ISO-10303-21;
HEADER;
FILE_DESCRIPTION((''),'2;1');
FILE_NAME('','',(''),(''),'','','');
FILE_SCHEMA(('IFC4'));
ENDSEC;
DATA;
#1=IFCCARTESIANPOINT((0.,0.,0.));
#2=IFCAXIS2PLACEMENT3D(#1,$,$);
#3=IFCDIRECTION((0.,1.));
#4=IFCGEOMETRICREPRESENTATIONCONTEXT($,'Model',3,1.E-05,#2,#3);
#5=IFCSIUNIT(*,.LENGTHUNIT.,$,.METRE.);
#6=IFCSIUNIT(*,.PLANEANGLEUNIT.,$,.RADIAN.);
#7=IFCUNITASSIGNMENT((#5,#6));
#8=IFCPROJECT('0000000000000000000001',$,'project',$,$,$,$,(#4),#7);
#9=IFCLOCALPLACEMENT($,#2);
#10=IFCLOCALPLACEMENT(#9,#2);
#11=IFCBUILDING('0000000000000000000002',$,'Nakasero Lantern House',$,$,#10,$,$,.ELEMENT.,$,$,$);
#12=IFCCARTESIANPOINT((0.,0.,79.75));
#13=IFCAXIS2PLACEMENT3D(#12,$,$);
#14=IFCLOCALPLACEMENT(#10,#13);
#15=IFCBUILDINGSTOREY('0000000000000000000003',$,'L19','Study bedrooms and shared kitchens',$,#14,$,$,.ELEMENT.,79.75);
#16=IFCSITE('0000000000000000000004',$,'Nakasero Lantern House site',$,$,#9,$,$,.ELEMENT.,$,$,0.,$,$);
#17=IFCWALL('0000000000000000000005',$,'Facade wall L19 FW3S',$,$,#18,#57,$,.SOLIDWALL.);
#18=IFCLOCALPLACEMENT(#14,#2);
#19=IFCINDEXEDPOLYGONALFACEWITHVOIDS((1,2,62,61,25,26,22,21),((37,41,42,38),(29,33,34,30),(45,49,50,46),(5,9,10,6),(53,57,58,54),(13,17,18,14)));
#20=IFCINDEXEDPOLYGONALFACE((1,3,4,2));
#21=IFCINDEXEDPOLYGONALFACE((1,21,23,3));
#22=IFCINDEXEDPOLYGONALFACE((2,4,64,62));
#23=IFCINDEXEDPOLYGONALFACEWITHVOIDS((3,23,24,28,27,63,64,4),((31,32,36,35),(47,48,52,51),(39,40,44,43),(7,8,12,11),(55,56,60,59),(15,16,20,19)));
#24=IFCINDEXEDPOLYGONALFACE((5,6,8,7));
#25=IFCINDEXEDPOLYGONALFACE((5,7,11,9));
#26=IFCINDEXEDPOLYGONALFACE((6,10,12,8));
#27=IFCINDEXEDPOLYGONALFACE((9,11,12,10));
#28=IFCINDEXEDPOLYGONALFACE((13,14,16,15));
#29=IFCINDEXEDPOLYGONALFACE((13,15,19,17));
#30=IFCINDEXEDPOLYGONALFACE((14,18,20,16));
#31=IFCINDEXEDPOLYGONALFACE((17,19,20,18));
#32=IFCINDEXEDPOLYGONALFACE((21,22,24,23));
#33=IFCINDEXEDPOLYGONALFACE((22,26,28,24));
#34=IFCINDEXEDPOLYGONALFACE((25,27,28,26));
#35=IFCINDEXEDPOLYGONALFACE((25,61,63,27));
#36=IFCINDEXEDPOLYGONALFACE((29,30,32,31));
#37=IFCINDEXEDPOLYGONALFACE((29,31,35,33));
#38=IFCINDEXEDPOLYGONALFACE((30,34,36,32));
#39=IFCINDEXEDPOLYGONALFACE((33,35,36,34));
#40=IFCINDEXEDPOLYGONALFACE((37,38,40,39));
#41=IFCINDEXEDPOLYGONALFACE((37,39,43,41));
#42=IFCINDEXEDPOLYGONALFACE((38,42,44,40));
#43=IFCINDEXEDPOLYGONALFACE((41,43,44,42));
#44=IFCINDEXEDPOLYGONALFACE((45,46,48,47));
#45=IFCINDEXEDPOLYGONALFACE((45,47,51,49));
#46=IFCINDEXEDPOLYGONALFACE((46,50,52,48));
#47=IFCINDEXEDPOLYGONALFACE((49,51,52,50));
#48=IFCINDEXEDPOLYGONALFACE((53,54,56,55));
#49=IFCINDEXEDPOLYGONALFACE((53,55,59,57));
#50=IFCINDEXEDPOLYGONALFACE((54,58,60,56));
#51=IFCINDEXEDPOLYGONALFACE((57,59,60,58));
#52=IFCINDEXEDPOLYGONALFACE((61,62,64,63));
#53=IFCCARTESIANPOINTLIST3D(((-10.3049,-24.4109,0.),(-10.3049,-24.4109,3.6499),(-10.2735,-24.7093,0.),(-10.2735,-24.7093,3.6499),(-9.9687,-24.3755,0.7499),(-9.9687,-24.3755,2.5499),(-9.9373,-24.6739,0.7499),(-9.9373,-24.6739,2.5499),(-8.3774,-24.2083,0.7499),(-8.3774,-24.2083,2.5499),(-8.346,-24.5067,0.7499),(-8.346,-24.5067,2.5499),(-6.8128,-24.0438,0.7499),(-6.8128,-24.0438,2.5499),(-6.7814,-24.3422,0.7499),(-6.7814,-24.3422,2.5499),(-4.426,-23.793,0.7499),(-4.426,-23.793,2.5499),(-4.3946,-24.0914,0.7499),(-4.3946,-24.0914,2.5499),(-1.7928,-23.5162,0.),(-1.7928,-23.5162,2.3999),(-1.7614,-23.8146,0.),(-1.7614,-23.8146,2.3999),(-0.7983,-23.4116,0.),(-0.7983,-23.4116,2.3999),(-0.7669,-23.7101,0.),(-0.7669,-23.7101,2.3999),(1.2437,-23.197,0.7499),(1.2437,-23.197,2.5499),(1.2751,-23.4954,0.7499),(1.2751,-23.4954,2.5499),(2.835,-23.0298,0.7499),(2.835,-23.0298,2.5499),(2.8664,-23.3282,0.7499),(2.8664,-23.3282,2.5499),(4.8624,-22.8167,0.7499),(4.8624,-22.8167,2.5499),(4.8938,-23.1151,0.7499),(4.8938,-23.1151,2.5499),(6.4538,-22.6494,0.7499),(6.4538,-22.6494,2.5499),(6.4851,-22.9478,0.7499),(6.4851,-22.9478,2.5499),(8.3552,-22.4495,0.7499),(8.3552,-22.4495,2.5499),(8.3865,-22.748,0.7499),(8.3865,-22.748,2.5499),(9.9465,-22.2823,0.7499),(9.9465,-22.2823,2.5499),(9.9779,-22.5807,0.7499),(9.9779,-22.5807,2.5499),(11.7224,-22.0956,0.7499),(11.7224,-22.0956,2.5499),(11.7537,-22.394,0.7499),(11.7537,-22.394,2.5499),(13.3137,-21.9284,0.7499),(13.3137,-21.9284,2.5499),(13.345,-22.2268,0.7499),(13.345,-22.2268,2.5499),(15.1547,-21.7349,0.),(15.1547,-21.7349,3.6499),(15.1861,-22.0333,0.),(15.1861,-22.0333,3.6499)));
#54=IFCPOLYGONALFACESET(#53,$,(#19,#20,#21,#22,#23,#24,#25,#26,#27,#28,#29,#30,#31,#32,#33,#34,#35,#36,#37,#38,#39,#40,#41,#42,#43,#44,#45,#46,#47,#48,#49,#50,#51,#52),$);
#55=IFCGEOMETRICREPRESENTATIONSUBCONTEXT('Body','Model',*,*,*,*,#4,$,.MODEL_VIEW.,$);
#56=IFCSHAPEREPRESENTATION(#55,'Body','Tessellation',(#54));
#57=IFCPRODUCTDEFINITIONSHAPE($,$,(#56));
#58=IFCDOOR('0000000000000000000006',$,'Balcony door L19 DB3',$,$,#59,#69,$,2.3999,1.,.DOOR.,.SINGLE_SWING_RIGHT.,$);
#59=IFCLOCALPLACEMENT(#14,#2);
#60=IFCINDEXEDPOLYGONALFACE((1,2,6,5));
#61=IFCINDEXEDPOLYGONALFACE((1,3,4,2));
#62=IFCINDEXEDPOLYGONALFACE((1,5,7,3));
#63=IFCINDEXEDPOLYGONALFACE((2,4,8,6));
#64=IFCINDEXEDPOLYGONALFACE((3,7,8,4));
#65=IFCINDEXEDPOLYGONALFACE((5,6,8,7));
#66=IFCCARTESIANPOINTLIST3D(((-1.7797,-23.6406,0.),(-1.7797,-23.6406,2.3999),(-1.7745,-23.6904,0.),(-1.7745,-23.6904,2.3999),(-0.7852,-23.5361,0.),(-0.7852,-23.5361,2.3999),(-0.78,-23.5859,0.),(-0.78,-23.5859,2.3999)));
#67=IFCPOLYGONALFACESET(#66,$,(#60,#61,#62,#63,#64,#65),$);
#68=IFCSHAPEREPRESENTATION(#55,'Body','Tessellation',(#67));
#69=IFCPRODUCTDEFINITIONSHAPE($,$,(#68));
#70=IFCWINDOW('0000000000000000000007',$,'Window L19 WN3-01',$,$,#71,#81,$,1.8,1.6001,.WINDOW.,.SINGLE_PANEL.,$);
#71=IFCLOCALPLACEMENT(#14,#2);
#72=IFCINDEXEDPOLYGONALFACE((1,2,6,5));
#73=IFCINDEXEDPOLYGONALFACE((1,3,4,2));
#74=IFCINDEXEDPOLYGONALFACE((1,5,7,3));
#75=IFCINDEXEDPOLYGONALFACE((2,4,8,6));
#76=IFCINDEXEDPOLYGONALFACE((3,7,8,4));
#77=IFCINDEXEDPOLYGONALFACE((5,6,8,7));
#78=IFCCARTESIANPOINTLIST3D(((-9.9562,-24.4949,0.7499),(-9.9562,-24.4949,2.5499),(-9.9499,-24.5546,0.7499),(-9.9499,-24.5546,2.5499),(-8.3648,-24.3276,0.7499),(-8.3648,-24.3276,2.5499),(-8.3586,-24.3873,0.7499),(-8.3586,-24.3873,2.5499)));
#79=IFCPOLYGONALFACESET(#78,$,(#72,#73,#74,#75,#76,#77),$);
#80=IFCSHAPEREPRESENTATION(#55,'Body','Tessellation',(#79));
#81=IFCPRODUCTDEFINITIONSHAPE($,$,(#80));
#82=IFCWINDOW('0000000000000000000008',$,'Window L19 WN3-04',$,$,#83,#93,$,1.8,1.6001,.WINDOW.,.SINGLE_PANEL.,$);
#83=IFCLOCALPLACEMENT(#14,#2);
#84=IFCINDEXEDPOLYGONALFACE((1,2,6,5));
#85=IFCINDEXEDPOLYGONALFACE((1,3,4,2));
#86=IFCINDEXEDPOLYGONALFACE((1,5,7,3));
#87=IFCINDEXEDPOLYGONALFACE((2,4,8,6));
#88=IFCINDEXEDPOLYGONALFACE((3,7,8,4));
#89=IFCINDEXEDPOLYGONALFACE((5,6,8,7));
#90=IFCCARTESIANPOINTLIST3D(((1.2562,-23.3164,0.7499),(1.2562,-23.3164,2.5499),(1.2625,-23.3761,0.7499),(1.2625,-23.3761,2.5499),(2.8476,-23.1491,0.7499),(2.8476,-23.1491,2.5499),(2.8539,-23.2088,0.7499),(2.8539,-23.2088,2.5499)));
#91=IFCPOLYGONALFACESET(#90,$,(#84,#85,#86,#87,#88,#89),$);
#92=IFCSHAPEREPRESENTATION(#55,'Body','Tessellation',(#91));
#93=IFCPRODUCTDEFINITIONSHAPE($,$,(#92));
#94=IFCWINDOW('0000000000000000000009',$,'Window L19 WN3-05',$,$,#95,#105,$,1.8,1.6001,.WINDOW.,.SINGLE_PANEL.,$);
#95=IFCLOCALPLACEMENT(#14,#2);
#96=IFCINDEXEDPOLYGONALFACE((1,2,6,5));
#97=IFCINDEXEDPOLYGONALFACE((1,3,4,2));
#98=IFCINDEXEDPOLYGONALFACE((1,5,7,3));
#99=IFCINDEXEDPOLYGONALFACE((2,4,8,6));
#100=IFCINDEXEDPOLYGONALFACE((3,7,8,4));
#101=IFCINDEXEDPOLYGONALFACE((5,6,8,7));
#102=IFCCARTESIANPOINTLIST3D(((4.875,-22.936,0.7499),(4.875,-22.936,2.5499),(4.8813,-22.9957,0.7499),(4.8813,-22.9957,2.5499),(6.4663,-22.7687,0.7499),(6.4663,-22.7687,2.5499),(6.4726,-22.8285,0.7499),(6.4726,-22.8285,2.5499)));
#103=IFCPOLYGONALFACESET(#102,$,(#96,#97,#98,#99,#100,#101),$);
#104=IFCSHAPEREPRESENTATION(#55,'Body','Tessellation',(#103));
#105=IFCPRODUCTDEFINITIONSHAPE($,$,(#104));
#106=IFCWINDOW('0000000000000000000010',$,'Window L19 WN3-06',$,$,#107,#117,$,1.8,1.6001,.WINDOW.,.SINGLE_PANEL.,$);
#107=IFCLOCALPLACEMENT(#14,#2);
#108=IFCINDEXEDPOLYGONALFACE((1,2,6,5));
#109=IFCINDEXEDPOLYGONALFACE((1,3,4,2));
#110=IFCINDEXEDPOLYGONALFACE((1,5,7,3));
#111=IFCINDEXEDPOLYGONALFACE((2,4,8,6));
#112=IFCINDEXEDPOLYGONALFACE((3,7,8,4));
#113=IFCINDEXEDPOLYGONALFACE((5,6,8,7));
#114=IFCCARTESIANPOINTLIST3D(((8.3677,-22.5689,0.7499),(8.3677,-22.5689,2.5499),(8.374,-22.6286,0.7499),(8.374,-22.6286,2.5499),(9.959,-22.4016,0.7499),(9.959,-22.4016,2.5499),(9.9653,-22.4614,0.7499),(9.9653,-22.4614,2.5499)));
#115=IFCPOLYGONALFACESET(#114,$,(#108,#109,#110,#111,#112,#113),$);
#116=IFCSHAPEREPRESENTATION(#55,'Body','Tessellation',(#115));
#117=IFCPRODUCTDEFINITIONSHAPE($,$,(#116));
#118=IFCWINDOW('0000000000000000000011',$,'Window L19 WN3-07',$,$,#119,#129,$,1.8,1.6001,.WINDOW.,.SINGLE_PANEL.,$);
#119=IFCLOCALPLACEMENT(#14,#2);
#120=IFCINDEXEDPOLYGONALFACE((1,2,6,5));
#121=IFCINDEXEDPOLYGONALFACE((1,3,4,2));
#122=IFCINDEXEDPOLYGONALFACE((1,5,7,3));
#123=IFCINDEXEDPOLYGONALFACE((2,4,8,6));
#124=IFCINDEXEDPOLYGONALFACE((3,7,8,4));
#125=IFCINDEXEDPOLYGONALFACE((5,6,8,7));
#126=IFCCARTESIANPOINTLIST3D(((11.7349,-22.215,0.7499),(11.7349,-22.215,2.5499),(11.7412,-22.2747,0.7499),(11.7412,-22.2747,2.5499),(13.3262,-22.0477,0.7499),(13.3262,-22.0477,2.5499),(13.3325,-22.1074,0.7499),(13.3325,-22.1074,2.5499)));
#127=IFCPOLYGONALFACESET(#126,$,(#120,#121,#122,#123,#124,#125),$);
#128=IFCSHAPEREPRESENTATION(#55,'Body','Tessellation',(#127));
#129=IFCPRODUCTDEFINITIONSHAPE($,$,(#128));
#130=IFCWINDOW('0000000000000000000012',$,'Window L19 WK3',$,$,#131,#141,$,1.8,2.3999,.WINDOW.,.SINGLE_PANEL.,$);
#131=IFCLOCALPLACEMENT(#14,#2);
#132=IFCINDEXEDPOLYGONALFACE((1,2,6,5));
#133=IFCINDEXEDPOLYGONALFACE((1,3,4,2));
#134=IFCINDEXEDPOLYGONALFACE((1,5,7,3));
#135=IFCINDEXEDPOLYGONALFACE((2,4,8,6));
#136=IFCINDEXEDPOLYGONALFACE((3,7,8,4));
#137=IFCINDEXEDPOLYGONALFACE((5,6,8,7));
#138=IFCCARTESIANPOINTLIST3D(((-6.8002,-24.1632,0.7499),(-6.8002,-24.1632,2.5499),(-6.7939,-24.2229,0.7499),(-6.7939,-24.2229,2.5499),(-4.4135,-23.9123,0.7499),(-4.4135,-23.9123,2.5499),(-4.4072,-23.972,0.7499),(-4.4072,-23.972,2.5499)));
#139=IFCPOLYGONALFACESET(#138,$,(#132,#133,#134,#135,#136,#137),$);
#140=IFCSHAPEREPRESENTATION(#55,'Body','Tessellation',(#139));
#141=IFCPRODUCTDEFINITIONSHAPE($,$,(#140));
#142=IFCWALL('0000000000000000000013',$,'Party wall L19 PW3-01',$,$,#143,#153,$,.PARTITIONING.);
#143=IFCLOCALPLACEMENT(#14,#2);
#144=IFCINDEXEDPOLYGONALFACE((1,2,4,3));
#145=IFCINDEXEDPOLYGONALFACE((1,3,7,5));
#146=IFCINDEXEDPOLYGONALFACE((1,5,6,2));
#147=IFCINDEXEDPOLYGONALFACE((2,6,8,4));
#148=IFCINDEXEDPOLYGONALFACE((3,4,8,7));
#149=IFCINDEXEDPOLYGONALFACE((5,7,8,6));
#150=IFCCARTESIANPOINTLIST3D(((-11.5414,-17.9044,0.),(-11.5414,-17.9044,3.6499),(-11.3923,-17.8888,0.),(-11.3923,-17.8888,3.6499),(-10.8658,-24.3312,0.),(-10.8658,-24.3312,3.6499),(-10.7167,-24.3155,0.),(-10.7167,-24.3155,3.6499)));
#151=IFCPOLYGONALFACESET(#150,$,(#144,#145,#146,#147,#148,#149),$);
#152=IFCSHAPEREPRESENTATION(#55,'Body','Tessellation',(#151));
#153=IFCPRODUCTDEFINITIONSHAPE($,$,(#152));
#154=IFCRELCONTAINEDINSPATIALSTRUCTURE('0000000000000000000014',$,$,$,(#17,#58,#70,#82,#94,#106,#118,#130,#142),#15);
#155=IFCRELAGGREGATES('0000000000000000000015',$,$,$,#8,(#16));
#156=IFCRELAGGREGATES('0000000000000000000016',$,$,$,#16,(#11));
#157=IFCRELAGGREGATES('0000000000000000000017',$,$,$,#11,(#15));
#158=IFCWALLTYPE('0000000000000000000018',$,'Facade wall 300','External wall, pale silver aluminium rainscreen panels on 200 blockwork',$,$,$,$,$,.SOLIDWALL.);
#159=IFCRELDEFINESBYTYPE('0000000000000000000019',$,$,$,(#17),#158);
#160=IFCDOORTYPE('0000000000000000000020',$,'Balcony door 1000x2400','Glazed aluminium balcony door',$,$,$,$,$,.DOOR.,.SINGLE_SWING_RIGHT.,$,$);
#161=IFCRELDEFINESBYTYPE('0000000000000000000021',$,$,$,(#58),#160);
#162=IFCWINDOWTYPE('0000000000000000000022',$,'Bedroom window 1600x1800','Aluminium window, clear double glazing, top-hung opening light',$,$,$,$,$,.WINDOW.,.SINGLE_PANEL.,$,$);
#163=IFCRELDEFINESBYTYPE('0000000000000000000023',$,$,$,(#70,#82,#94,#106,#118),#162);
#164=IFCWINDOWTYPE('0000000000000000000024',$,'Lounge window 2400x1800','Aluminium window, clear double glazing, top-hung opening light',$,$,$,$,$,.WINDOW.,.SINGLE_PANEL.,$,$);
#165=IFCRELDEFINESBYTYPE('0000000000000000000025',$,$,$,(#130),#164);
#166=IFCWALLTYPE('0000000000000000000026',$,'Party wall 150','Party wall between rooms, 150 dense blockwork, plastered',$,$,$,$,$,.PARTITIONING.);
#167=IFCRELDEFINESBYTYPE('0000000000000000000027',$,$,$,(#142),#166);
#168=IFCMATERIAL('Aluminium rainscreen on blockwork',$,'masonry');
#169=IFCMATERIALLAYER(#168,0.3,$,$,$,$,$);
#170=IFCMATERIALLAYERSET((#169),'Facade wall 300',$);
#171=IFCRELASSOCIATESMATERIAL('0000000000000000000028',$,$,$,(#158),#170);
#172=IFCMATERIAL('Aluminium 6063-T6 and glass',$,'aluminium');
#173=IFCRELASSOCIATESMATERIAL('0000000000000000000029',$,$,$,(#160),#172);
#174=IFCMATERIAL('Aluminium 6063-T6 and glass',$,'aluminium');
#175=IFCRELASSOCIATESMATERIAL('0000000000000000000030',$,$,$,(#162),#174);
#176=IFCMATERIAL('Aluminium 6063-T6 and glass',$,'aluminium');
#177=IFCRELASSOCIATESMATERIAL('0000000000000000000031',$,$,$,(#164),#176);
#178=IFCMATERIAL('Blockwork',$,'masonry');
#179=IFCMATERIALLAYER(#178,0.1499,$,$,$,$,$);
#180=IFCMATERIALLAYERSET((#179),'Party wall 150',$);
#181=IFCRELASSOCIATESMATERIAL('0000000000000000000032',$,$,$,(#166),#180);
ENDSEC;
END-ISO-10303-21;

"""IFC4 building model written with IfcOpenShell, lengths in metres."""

from ifc_helpers import new_model, si_unit, direction, frame, frame_2d, origin, place, context, subcontext, project, spatial, rectangle, extrude, material, layer, layer_set, type_object, element, fill, save


model = new_model("IFC4")

# Units and contexts
model_context = context("Model", 3, precision=1e-05, world=origin(), true_north=direction((0.0, 1.0)))
body_context = subcontext(model_context, "Body", "Model", "MODEL_VIEW")
ifc_project = project(units=[si_unit("LENGTHUNIT", "METRE"), si_unit("PLANEANGLEUNIT", "RADIAN")], contexts=[model_context])

# Site, building, storey
site_placement = place(None, origin())
site = spatial("IfcSite", under=ifc_project, at=site_placement, Name="Nakasero Lantern House site", CompositionType="ELEMENT", RefElevation=0.0)
building_placement = place(site_placement, origin())
building = spatial("IfcBuilding", under=site, at=building_placement, Name="Nakasero Lantern House", CompositionType="ELEMENT")
storey_placement = place(building_placement, frame((0.0, 0.0, 79.75)))
storey = spatial("IfcBuildingStorey", under=building, at=storey_placement, Name="L19", Description="Study bedrooms and shared kitchens", CompositionType="ELEMENT", Elevation=79.75)

# Wall, openings, door, windows
ifc_material_1 = material(Name="Aluminium rainscreen on blockwork", Category="masonry")
ifc_layer_1 = layer(ifc_material_1, 0.3)
ifc_layer_set_1 = layer_set([ifc_layer_1], Name="Facade wall 300")
wall_type_1 = type_object("IfcWallType", Name="Facade wall 300", Description="External wall, pale silver aluminium rainscreen panels on 200 blockwork", PredefinedType="SOLIDWALL", material=ifc_layer_set_1)
wall_1_placement = place(storey_placement, frame((-10.2891, -24.5601, 0.0), z_axis=(0.0, 0.0, 1.0), x_axis=(0.994521, 0.104532, 0.0)))
wall_1 = element("IfcWall", 1, at=wall_1_placement, inside=storey, type_object=wall_type_1, Name="Facade wall L19 FW3S", PredefinedType="SOLIDWALL", context=body_context, shape_type="SweptSolid", body=[
    extrude(rectangle(XDim=25.5999, YDim=0.3, at=frame_2d((12.7998, 0.0))), origin(), (0.0, 0.0, 1.0), 3.6499),
])
opening_1_placement = place(wall_1_placement, frame((0.3379, 0.0, 0.75)))
opening_1 = element("IfcOpeningElement", 2, at=opening_1_placement, cuts=wall_1, PredefinedType="OPENING", context=body_context, shape_type="SweptSolid", body=[
    extrude(rectangle(XDim=1.6001, YDim=1.8, at=frame_2d((0.8, 0.8999))), frame((0.0, 0.1699, 0.0), z_axis=(0.0, -1.0, 0.0), x_axis=(1.0, 0.0, 0.0)), (0.0, 0.0, 1.0), 0.3401),
])
opening_2_placement = place(wall_1_placement, frame((11.6121, 0.0, 0.75)))
opening_2 = element("IfcOpeningElement", 3, at=opening_2_placement, cuts=wall_1, PredefinedType="OPENING", context=body_context, shape_type="SweptSolid", body=[
    extrude(rectangle(XDim=1.6001, YDim=1.8, at=frame_2d((0.8, 0.8999))), frame((0.0, 0.1699, 0.0), z_axis=(0.0, -1.0, 0.0), x_axis=(1.0, 0.0, 0.0)), (0.0, 0.0, 1.0), 0.3401),
])
opening_3_placement = place(wall_1_placement, frame((15.2507, 0.0, 0.75)))
opening_3 = element("IfcOpeningElement", 4, at=opening_3_placement, cuts=wall_1, PredefinedType="OPENING", context=body_context, shape_type="SweptSolid", body=[
    extrude(rectangle(XDim=1.6001, YDim=1.8, at=frame_2d((0.8, 0.8999))), frame((0.0, 0.1699, 0.0), z_axis=(0.0, -1.0, 0.0), x_axis=(1.0, 0.0, 0.0)), (0.0, 0.0, 1.0), 0.3401),
])
opening_4_placement = place(wall_1_placement, frame((18.7627, 0.0, 0.75)))
opening_4 = element("IfcOpeningElement", 5, at=opening_4_placement, cuts=wall_1, PredefinedType="OPENING", context=body_context, shape_type="SweptSolid", body=[
    extrude(rectangle(XDim=1.6001, YDim=1.8, at=frame_2d((0.8, 0.8999))), frame((0.0, 0.1699, 0.0), z_axis=(0.0, -1.0, 0.0), x_axis=(1.0, 0.0, 0.0)), (0.0, 0.0, 1.0), 0.3401),
])
opening_5_placement = place(wall_1_placement, frame((22.1484, 0.0, 0.75)))
opening_5 = element("IfcOpeningElement", 6, at=opening_5_placement, cuts=wall_1, PredefinedType="OPENING", context=body_context, shape_type="SweptSolid", body=[
    extrude(rectangle(XDim=1.6001, YDim=1.8, at=frame_2d((0.8, 0.8999))), frame((0.0, 0.1699, 0.0), z_axis=(0.0, -1.0, 0.0), x_axis=(1.0, 0.0, 0.0)), (0.0, 0.0, 1.0), 0.3401),
])
opening_6_placement = place(wall_1_placement, frame((3.5112, 0.0, 0.75)))
opening_6 = element("IfcOpeningElement", 7, at=opening_6_placement, cuts=wall_1, PredefinedType="OPENING", context=body_context, shape_type="SweptSolid", body=[
    extrude(rectangle(XDim=2.3999, YDim=1.8, at=frame_2d((1.2, 0.8999))), frame((0.0, 0.1699, 0.0), z_axis=(0.0, -1.0, 0.0), x_axis=(1.0, 0.0, 0.0)), (0.0, 0.0, 1.0), 0.3401),
])
opening_7_placement = place(wall_1_placement, frame((8.5588, 0.0, 0.0)))
opening_7 = element("IfcOpeningElement", 8, at=opening_7_placement, cuts=wall_1, PredefinedType="OPENING", context=body_context, shape_type="SweptSolid", body=[
    extrude(rectangle(XDim=1.0, YDim=2.3999, at=frame_2d((0.5, 1.2))), frame((0.0, 0.1699, 0.0), z_axis=(0.0, -1.0, 0.0), x_axis=(1.0, 0.0, 0.0)), (0.0, 0.0, 1.0), 0.3401),
])
ifc_material_2 = material(Name="Aluminium 6063-T6 and glass", Category="aluminium")
door_type = type_object("IfcDoorType", Name="Balcony door 1000x2400", Description="Glazed aluminium balcony door", OperationType="SINGLE_SWING_RIGHT", PredefinedType="DOOR", material=ifc_material_2)
door_placement = place(opening_7_placement, origin())
door = element("IfcDoor", 9, at=door_placement, inside=storey, type_object=door_type, Name="Balcony door L19 DB3", OperationType="SINGLE_SWING_RIGHT", OverallHeight=2.3999, OverallWidth=1.0, PredefinedType="DOOR", context=body_context, shape_type="SweptSolid", body=[
    extrude(rectangle(XDim=1.0, YDim=2.3999, at=frame_2d((0.5, 1.2))), frame((0.0, 0.0249, 0.0), z_axis=(0.0, -1.0, 0.0), x_axis=(1.0, 0.0, 0.0)), (0.0, 0.0, 1.0), 0.05),
])
fill(opening_7, door)
ifc_material_3 = material(Name="Aluminium 6063-T6 and glass", Category="aluminium")
window_type_1 = type_object("IfcWindowType", Name="Bedroom window 1600x1800", Description="Aluminium window, clear double glazing, top-hung opening light", PartitioningType="SINGLE_PANEL", PredefinedType="WINDOW", material=ifc_material_3)
window_1_placement = place(opening_1_placement, origin())
window_1 = element("IfcWindow", 10, at=window_1_placement, inside=storey, type_object=window_type_1, Name="Window L19 WN3-01", OverallHeight=1.8, OverallWidth=1.6001, PartitioningType="SINGLE_PANEL", PredefinedType="WINDOW", context=body_context, shape_type="SweptSolid", body=[
    extrude(rectangle(XDim=1.6001, YDim=1.8, at=frame_2d((0.8, 0.8999))), frame((0.0, 0.03, 0.0), z_axis=(0.0, -1.0, 0.0), x_axis=(1.0, 0.0, 0.0)), (0.0, 0.0, 1.0), 0.0601),
])
fill(opening_1, window_1)
window_2_placement = place(opening_2_placement, origin())
window_2 = element("IfcWindow", 11, at=window_2_placement, inside=storey, type_object=window_type_1, Name="Window L19 WN3-04", OverallHeight=1.8, OverallWidth=1.6001, PartitioningType="SINGLE_PANEL", PredefinedType="WINDOW", context=body_context, shape_type="SweptSolid", body=[
    extrude(rectangle(XDim=1.6001, YDim=1.8, at=frame_2d((0.8, 0.8999))), frame((0.0, 0.03, 0.0), z_axis=(0.0, -1.0, 0.0), x_axis=(1.0, 0.0, 0.0)), (0.0, 0.0, 1.0), 0.0601),
])
fill(opening_2, window_2)
window_3_placement = place(opening_3_placement, origin())
window_3 = element("IfcWindow", 12, at=window_3_placement, inside=storey, type_object=window_type_1, Name="Window L19 WN3-05", OverallHeight=1.8, OverallWidth=1.6001, PartitioningType="SINGLE_PANEL", PredefinedType="WINDOW", context=body_context, shape_type="SweptSolid", body=[
    extrude(rectangle(XDim=1.6001, YDim=1.8, at=frame_2d((0.8, 0.8999))), frame((0.0, 0.03, 0.0), z_axis=(0.0, -1.0, 0.0), x_axis=(1.0, 0.0, 0.0)), (0.0, 0.0, 1.0), 0.0601),
])
fill(opening_3, window_3)
window_4_placement = place(opening_4_placement, origin())
window_4 = element("IfcWindow", 13, at=window_4_placement, inside=storey, type_object=window_type_1, Name="Window L19 WN3-06", OverallHeight=1.8, OverallWidth=1.6001, PartitioningType="SINGLE_PANEL", PredefinedType="WINDOW", context=body_context, shape_type="SweptSolid", body=[
    extrude(rectangle(XDim=1.6001, YDim=1.8, at=frame_2d((0.8, 0.8999))), frame((0.0, 0.03, 0.0), z_axis=(0.0, -1.0, 0.0), x_axis=(1.0, 0.0, 0.0)), (0.0, 0.0, 1.0), 0.0601),
])
fill(opening_4, window_4)
window_5_placement = place(opening_5_placement, origin())
window_5 = element("IfcWindow", 14, at=window_5_placement, inside=storey, type_object=window_type_1, Name="Window L19 WN3-07", OverallHeight=1.8, OverallWidth=1.6001, PartitioningType="SINGLE_PANEL", PredefinedType="WINDOW", context=body_context, shape_type="SweptSolid", body=[
    extrude(rectangle(XDim=1.6001, YDim=1.8, at=frame_2d((0.8, 0.8999))), frame((0.0, 0.03, 0.0), z_axis=(0.0, -1.0, 0.0), x_axis=(1.0, 0.0, 0.0)), (0.0, 0.0, 1.0), 0.0601),
])
fill(opening_5, window_5)
ifc_material_4 = material(Name="Aluminium 6063-T6 and glass", Category="aluminium")
window_type_2 = type_object("IfcWindowType", Name="Lounge window 2400x1800", Description="Aluminium window, clear double glazing, top-hung opening light", PartitioningType="SINGLE_PANEL", PredefinedType="WINDOW", material=ifc_material_4)
window_6_placement = place(opening_6_placement, origin())
window_6 = element("IfcWindow", 15, at=window_6_placement, inside=storey, type_object=window_type_2, Name="Window L19 WK3", OverallHeight=1.8, OverallWidth=2.3999, PartitioningType="SINGLE_PANEL", PredefinedType="WINDOW", context=body_context, shape_type="SweptSolid", body=[
    extrude(rectangle(XDim=2.3999, YDim=1.8, at=frame_2d((1.2, 0.8999))), frame((0.0, 0.03, 0.0), z_axis=(0.0, -1.0, 0.0), x_axis=(1.0, 0.0, 0.0)), (0.0, 0.0, 1.0), 0.0601),
])
fill(opening_6, window_6)

# Wall
ifc_material_5 = material(Name="Blockwork", Category="masonry")
ifc_layer_2 = layer(ifc_material_5, 0.1499)
ifc_layer_set_2 = layer_set([ifc_layer_2], Name="Party wall 150")
wall_type_2 = type_object("IfcWallType", Name="Party wall 150", Description="Party wall between rooms, 150 dense blockwork, plastered", PredefinedType="PARTITIONING", material=ifc_layer_set_2)
wall_2_placement = place(storey_placement, frame((-11.4668, -17.8967, 0.0), z_axis=(0.0, 0.0, 1.0), x_axis=(0.104537, -0.994521, 0.0)))
element("IfcWall", 16, at=wall_2_placement, inside=storey, type_object=wall_type_2, Name="Party wall L19 PW3-01", PredefinedType="PARTITIONING", context=body_context, shape_type="SweptSolid", body=[
    extrude(rectangle(XDim=6.4622, YDim=0.1499, at=frame_2d((3.231, 0.0))), origin(), (0.0, 0.0, 1.0), 3.6499),
])

save(model, "model.ifc")
